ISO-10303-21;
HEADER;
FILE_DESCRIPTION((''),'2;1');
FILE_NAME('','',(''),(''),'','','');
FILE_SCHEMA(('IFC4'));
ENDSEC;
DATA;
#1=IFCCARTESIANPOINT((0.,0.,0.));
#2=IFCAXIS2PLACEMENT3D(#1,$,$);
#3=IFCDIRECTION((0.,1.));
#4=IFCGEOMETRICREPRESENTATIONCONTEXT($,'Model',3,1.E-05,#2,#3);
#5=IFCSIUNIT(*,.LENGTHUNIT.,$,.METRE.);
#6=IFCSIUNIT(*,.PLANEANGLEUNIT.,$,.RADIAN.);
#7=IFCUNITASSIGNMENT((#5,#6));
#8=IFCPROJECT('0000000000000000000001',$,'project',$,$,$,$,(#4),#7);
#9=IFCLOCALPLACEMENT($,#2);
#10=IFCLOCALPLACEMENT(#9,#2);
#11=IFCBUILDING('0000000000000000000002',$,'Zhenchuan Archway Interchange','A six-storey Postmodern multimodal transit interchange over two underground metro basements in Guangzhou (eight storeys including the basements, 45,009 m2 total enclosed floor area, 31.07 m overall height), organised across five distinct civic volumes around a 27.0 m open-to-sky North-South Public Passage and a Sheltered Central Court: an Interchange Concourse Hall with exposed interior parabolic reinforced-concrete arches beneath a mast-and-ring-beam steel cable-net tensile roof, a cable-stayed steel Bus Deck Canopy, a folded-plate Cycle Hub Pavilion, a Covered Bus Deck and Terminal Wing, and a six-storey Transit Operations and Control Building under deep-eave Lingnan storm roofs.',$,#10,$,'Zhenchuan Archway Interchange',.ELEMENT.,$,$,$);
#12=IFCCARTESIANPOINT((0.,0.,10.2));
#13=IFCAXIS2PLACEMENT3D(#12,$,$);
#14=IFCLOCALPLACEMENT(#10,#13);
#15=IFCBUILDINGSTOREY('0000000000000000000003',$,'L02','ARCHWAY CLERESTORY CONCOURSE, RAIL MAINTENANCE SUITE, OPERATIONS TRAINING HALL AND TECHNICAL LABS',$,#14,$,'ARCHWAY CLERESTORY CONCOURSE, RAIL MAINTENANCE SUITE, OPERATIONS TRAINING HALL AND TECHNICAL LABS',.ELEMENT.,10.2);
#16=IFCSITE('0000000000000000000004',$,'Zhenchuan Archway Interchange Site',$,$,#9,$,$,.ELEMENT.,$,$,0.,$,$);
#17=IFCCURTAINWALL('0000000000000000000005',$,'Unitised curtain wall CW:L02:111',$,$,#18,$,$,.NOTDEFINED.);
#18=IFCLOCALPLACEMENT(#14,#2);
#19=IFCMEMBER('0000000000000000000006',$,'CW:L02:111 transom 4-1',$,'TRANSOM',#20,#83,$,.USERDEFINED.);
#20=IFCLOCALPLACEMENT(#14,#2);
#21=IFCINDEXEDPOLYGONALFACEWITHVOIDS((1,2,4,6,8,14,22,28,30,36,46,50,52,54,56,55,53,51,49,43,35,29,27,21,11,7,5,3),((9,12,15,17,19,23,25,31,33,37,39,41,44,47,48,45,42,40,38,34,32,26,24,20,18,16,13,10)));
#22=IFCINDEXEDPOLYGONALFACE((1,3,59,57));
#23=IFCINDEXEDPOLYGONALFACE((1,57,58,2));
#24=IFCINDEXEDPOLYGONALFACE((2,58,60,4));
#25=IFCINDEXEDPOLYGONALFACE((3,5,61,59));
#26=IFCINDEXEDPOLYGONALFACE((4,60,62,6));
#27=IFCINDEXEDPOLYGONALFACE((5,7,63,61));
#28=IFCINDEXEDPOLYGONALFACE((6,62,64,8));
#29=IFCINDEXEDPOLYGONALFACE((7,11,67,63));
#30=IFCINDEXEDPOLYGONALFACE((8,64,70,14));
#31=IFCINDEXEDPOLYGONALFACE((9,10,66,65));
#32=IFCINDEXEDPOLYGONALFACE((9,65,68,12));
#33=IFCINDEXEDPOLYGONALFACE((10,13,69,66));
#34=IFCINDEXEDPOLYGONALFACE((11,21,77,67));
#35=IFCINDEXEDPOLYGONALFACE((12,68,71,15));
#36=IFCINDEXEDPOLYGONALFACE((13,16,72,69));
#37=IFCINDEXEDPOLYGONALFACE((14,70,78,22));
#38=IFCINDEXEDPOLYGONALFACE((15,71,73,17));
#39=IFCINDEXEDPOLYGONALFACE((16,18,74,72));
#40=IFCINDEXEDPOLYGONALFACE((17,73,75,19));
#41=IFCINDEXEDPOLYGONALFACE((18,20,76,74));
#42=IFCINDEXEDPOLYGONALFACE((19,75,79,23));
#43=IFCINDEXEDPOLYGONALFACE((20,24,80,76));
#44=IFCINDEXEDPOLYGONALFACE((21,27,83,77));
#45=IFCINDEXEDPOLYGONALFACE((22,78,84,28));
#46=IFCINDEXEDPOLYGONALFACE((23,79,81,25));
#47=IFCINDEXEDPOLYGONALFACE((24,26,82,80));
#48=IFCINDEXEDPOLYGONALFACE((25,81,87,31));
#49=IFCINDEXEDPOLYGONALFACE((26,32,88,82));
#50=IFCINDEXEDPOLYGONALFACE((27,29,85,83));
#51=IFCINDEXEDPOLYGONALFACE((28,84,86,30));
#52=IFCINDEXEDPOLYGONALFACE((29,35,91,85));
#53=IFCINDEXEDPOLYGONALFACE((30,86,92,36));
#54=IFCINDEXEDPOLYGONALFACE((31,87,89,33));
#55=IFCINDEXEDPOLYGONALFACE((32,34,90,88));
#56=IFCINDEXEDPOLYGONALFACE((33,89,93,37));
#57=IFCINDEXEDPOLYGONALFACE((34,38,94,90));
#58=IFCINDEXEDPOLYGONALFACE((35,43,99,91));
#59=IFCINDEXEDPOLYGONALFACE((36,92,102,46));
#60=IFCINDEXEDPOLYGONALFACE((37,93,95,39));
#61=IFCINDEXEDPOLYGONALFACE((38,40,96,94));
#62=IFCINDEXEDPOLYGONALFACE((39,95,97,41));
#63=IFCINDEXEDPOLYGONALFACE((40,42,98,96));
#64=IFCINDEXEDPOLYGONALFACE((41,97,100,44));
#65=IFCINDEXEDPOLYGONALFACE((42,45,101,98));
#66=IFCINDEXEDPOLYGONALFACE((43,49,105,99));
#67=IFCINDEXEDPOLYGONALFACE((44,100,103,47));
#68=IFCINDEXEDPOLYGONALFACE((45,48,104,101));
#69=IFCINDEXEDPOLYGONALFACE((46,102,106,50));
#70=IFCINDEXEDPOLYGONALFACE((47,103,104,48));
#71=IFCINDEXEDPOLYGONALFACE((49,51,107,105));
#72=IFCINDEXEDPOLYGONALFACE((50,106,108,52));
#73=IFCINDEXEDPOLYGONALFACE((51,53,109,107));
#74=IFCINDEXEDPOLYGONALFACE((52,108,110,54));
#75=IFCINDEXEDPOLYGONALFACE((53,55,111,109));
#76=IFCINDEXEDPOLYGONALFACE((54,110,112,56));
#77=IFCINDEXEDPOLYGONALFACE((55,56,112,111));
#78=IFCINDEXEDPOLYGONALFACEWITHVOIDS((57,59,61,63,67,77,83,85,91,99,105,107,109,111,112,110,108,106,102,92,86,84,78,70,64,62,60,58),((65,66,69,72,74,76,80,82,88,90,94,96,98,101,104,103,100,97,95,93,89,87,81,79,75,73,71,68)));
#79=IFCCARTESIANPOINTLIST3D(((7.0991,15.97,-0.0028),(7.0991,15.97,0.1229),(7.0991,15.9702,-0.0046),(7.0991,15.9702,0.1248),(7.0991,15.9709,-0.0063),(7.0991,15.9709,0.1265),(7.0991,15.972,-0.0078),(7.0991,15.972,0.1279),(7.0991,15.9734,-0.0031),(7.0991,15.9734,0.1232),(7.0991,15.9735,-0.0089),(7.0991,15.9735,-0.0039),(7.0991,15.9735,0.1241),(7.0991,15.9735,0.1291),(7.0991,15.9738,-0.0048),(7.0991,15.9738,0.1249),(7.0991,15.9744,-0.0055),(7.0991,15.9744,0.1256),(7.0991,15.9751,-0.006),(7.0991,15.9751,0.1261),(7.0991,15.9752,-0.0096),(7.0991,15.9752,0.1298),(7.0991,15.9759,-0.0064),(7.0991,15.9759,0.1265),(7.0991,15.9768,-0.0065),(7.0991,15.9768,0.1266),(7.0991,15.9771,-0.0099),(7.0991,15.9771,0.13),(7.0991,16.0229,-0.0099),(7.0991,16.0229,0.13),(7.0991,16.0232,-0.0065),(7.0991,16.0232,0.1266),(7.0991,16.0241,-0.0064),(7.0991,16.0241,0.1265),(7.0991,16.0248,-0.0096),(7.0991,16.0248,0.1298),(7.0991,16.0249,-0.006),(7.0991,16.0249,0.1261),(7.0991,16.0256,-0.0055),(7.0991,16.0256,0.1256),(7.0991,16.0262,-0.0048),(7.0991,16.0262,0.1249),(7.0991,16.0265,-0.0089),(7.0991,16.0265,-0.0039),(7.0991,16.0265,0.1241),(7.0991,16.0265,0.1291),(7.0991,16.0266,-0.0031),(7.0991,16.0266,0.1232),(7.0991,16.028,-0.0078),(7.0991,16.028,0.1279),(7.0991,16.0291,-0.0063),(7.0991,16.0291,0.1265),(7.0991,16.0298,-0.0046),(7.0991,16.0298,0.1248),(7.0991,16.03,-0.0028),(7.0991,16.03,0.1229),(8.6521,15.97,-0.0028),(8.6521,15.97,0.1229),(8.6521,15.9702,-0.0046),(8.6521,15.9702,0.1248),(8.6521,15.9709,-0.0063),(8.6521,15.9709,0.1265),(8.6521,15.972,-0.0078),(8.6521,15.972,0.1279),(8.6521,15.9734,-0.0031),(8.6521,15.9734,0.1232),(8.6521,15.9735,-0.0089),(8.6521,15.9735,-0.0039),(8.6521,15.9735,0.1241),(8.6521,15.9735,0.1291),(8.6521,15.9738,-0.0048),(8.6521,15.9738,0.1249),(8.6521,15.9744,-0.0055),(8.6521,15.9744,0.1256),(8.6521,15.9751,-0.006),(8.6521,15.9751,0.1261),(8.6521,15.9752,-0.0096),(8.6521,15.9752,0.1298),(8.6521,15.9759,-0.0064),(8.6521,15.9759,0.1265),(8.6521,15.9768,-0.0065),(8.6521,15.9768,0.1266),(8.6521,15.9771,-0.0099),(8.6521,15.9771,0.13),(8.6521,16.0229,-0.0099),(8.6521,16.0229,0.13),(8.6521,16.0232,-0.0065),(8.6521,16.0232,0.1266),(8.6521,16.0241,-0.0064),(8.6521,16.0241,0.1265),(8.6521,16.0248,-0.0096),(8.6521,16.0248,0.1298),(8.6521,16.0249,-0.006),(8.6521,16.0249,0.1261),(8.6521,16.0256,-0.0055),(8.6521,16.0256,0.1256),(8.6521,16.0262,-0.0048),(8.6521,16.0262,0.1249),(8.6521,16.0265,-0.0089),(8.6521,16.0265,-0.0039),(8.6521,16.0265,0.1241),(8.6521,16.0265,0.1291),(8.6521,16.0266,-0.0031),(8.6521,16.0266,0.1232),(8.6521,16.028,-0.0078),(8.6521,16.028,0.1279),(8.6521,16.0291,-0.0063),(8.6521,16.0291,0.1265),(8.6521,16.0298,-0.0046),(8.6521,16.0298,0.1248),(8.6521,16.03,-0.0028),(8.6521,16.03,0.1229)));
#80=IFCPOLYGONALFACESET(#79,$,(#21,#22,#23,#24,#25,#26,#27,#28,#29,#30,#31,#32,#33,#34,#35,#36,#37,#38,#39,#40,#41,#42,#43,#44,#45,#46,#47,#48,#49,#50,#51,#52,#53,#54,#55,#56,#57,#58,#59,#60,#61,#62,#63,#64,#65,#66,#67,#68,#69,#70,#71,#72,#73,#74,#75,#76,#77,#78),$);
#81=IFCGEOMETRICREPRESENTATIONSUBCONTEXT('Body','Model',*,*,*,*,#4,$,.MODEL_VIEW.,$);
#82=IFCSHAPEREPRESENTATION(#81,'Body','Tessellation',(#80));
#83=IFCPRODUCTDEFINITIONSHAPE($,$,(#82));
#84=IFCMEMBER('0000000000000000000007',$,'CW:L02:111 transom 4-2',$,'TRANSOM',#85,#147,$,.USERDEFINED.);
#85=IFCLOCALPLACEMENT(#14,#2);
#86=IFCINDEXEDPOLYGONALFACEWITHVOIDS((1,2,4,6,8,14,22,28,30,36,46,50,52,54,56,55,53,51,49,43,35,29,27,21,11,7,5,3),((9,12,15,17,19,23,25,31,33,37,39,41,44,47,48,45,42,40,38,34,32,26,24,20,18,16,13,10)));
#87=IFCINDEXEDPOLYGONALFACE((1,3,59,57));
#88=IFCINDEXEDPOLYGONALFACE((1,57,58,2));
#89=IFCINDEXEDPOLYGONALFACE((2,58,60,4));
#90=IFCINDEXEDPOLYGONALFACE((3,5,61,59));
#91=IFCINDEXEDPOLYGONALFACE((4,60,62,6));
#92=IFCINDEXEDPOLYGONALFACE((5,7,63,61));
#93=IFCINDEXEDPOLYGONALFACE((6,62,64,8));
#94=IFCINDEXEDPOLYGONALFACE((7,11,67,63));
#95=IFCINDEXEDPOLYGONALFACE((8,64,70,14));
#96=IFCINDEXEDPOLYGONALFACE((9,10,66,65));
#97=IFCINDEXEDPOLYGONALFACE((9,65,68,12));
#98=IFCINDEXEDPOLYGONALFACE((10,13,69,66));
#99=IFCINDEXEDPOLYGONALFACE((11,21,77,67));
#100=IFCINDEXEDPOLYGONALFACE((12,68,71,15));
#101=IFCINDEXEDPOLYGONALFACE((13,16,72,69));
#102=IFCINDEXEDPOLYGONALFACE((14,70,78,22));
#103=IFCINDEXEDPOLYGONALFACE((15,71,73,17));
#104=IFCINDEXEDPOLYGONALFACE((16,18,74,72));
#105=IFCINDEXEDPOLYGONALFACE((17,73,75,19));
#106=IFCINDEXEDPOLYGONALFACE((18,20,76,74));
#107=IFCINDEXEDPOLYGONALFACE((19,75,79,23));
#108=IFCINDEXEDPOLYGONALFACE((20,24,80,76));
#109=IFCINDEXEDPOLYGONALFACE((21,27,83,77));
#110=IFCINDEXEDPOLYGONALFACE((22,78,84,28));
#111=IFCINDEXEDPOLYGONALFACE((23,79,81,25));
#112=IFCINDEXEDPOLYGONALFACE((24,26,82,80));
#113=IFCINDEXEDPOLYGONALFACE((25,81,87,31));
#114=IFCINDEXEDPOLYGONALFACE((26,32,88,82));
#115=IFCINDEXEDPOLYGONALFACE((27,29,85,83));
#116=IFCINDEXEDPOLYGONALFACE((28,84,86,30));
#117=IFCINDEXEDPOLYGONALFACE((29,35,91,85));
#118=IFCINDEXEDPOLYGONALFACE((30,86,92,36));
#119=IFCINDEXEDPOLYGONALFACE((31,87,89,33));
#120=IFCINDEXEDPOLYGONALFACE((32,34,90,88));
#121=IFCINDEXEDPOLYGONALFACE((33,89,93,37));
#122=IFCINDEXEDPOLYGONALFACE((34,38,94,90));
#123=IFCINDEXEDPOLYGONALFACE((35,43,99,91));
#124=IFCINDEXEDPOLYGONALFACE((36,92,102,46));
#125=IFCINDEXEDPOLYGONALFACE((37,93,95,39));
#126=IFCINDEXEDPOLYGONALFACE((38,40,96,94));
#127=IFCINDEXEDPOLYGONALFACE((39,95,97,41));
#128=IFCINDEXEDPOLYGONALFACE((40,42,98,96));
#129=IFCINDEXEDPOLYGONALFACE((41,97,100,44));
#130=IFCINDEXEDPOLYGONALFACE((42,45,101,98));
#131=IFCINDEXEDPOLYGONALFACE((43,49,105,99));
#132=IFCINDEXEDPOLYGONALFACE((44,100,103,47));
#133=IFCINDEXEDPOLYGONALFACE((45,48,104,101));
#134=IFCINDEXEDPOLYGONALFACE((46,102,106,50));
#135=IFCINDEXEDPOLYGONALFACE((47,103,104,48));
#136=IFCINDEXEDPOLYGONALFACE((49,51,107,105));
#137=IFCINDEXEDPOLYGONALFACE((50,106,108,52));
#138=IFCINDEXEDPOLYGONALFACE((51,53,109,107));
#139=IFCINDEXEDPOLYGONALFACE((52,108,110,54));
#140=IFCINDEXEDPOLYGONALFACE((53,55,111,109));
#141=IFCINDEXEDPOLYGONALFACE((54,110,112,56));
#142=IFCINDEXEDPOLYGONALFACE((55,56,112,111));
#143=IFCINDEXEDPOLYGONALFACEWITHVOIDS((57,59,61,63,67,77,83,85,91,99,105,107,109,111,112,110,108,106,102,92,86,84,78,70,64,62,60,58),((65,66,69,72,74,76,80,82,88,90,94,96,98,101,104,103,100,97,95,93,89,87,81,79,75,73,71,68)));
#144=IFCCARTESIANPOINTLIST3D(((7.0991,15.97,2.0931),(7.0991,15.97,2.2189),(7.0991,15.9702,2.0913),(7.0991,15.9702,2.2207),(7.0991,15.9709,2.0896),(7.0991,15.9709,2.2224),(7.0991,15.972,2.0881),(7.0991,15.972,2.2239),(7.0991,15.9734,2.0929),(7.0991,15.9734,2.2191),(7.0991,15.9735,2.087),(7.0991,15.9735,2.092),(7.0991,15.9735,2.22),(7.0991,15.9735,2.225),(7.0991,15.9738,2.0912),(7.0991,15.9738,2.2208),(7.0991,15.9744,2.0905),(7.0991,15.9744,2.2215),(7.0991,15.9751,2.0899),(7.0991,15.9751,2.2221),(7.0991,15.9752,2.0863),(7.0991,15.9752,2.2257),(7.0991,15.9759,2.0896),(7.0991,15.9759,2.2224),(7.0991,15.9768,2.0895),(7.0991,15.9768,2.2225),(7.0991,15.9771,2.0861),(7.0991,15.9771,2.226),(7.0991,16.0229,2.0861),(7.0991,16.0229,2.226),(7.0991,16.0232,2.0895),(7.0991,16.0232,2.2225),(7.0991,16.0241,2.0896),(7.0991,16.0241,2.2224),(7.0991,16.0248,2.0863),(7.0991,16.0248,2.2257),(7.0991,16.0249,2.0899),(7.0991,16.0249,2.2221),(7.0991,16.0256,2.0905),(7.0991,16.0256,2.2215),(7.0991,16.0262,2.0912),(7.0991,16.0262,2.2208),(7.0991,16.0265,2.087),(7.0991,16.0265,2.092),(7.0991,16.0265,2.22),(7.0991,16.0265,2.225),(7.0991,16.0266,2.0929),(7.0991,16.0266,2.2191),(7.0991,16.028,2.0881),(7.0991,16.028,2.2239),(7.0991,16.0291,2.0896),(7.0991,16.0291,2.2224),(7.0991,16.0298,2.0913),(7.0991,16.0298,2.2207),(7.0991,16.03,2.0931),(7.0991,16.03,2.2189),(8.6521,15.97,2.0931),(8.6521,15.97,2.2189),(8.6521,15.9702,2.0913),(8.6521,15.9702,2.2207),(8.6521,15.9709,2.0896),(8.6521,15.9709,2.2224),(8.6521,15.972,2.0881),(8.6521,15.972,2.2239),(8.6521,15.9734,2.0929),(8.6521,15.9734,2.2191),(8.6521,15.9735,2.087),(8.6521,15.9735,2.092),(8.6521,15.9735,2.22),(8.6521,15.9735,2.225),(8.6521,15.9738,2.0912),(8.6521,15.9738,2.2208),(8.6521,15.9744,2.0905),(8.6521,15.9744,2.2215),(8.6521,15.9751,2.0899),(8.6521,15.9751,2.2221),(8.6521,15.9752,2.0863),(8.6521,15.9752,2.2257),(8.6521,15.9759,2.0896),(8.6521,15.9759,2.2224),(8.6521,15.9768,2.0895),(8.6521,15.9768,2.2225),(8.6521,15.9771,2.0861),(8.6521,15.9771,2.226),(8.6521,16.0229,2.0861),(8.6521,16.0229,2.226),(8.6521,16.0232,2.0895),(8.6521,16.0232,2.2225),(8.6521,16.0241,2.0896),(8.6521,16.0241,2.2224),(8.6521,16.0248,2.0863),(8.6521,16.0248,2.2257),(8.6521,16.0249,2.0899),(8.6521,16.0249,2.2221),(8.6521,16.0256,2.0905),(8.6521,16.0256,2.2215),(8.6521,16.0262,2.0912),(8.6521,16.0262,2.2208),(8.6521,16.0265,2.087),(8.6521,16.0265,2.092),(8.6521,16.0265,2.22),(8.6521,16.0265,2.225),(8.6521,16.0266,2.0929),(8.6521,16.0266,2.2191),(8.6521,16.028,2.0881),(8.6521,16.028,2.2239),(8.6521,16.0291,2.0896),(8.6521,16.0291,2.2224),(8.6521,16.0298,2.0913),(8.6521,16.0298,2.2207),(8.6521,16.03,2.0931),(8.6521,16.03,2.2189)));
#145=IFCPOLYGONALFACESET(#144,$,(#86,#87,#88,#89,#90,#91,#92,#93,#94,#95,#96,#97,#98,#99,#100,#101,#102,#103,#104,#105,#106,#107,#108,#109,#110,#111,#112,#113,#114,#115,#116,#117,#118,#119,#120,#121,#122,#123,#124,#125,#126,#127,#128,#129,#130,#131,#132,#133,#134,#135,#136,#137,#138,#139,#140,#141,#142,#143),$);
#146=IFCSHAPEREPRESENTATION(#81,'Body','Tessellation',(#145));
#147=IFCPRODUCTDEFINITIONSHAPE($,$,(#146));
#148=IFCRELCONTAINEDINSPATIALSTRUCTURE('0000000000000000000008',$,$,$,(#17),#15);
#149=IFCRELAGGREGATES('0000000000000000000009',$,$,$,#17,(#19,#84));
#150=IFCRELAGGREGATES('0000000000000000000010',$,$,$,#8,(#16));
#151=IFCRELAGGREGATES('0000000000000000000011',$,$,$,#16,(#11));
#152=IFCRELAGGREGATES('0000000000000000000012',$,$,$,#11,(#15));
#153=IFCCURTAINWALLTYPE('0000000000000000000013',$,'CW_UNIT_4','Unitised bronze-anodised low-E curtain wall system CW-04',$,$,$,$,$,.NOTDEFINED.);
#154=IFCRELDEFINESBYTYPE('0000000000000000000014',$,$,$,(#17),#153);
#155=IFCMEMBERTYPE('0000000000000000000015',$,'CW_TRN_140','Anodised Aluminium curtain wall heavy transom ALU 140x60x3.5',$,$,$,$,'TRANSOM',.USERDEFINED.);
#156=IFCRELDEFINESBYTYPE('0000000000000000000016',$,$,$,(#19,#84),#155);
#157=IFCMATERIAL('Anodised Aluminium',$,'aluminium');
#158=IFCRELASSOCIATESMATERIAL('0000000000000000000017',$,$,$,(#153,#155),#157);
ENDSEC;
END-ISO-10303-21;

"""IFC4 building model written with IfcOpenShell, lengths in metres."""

from ifc_helpers import new_model, si_unit, direction, frame, origin, origin_2d, place, context, subcontext, project, spatial, hollow_rectangle, extrude, material, material_profile, profile_set, type_object, element, aggregate, save


model = new_model("IFC4")

# Units and contexts
model_context = context("Model", 3, precision=1e-05, world=origin(), true_north=direction((0.0, 1.0)))
body_context = subcontext(model_context, "Body", "Model", "MODEL_VIEW")
ifc_project = project(units=[si_unit("LENGTHUNIT", "METRE"), si_unit("PLANEANGLEUNIT", "RADIAN")], contexts=[model_context])

# Site, building, storey
site_placement = place(None, origin())
site = spatial("IfcSite", under=ifc_project, at=site_placement, Name="Zhenchuan Archway Interchange Site", CompositionType="ELEMENT", RefElevation=0.0)
building_placement = place(site_placement, origin())
building = spatial("IfcBuilding", under=site, at=building_placement, Name="Zhenchuan Archway Interchange", Description="A six-storey Postmodern multimodal transit interchange over two underground metro basements in Guangzhou (eight storeys including the basements, 45,009 m2 total enclosed floor area, 31.07 m overall height), organised across five distinct civic volumes around a 27.0 m open-to-sky North-South Public Passage and a Sheltered Central Court: an Interchange Concourse Hall with exposed interior parabolic reinforced-concrete arches beneath a mast-and-ring-beam steel cable-net tensile roof, a cable-stayed steel Bus Deck Canopy, a folded-plate Cycle Hub Pavilion, a Covered Bus Deck and Terminal Wing, and a six-storey Transit Operations and Control Building under deep-eave Lingnan storm roofs.", LongName="Zhenchuan Archway Interchange", CompositionType="ELEMENT")
storey_placement = place(building_placement, frame((0.0, 0.0, 10.2)))
storey = spatial("IfcBuildingStorey", under=building, at=storey_placement, Name="L02", Description="ARCHWAY CLERESTORY CONCOURSE, RAIL MAINTENANCE SUITE, OPERATIONS TRAINING HALL AND TECHNICAL LABS", LongName="ARCHWAY CLERESTORY CONCOURSE, RAIL MAINTENANCE SUITE, OPERATIONS TRAINING HALL AND TECHNICAL LABS", CompositionType="ELEMENT", Elevation=10.2)

# Curtain wall, members
ifc_material_1 = material(Name="Anodised Aluminium", Category="aluminium")
curtain_wall_type = type_object("IfcCurtainWallType", Name="CW_UNIT_4", Description="Unitised bronze-anodised low-E curtain wall system CW-04", PredefinedType="NOTDEFINED", material=ifc_material_1)
curtain_wall_placement = place(storey_placement, origin())
curtain_wall = element("IfcCurtainWall", 1, at=curtain_wall_placement, inside=storey, type_object=curtain_wall_type, Name="Unitised curtain wall CW:L02:111", PredefinedType="NOTDEFINED")
ifc_material_profile_1 = material_profile(ifc_material_1, hollow_rectangle(XDim=0.0601, YDim=0.1399, WallThickness=0.0034, InnerFilletRadius=0.0034, OuterFilletRadius=0.0071, at=origin_2d()), Name="ALU 140x60x3.5")
ifc_profile_set_1 = profile_set([ifc_material_profile_1], Name="Anodised Aluminium")
member_type_1 = type_object("IfcMemberType", Name="CW_TRN_140", Description="Anodised Aluminium curtain wall heavy transom ALU 140x60x3.5", ElementType="TRANSOM", PredefinedType="USERDEFINED", material=ifc_profile_set_1)
member_1_placement = place(storey_placement, frame((7.0991, 16.0, 0.0601), z_axis=(1.0, 0.0, 0.0), x_axis=(0.0, 1.0, 0.0)))
member_1 = element("IfcMember", 2, at=member_1_placement, type_object=member_type_1, Name="CW:L02:111 transom 4-1", ObjectType="TRANSOM", PredefinedType="USERDEFINED", context=body_context, shape_type="SweptSolid", body=[
    extrude(hollow_rectangle(XDim=0.0601, YDim=0.1399, WallThickness=0.0034, InnerFilletRadius=0.0034, OuterFilletRadius=0.0071, at=origin_2d()), origin(), (0.0, 0.0, 1.0), 1.553),
])
member_2_placement = place(storey_placement, frame((7.0991, 16.0, 2.156), z_axis=(1.0, 0.0, 0.0), x_axis=(0.0, 1.0, 0.0)))
member_2 = element("IfcMember", 3, at=member_2_placement, type_object=member_type_1, Name="CW:L02:111 transom 4-2", ObjectType="TRANSOM", PredefinedType="USERDEFINED", context=body_context, shape_type="SweptSolid", body=[
    extrude(hollow_rectangle(XDim=0.0601, YDim=0.1399, WallThickness=0.0034, InnerFilletRadius=0.0034, OuterFilletRadius=0.0071, at=origin_2d()), origin(), (0.0, 0.0, 1.0), 1.553),
])

aggregate(curtain_wall, [member_1, member_2])

save(model, "model.ifc")
